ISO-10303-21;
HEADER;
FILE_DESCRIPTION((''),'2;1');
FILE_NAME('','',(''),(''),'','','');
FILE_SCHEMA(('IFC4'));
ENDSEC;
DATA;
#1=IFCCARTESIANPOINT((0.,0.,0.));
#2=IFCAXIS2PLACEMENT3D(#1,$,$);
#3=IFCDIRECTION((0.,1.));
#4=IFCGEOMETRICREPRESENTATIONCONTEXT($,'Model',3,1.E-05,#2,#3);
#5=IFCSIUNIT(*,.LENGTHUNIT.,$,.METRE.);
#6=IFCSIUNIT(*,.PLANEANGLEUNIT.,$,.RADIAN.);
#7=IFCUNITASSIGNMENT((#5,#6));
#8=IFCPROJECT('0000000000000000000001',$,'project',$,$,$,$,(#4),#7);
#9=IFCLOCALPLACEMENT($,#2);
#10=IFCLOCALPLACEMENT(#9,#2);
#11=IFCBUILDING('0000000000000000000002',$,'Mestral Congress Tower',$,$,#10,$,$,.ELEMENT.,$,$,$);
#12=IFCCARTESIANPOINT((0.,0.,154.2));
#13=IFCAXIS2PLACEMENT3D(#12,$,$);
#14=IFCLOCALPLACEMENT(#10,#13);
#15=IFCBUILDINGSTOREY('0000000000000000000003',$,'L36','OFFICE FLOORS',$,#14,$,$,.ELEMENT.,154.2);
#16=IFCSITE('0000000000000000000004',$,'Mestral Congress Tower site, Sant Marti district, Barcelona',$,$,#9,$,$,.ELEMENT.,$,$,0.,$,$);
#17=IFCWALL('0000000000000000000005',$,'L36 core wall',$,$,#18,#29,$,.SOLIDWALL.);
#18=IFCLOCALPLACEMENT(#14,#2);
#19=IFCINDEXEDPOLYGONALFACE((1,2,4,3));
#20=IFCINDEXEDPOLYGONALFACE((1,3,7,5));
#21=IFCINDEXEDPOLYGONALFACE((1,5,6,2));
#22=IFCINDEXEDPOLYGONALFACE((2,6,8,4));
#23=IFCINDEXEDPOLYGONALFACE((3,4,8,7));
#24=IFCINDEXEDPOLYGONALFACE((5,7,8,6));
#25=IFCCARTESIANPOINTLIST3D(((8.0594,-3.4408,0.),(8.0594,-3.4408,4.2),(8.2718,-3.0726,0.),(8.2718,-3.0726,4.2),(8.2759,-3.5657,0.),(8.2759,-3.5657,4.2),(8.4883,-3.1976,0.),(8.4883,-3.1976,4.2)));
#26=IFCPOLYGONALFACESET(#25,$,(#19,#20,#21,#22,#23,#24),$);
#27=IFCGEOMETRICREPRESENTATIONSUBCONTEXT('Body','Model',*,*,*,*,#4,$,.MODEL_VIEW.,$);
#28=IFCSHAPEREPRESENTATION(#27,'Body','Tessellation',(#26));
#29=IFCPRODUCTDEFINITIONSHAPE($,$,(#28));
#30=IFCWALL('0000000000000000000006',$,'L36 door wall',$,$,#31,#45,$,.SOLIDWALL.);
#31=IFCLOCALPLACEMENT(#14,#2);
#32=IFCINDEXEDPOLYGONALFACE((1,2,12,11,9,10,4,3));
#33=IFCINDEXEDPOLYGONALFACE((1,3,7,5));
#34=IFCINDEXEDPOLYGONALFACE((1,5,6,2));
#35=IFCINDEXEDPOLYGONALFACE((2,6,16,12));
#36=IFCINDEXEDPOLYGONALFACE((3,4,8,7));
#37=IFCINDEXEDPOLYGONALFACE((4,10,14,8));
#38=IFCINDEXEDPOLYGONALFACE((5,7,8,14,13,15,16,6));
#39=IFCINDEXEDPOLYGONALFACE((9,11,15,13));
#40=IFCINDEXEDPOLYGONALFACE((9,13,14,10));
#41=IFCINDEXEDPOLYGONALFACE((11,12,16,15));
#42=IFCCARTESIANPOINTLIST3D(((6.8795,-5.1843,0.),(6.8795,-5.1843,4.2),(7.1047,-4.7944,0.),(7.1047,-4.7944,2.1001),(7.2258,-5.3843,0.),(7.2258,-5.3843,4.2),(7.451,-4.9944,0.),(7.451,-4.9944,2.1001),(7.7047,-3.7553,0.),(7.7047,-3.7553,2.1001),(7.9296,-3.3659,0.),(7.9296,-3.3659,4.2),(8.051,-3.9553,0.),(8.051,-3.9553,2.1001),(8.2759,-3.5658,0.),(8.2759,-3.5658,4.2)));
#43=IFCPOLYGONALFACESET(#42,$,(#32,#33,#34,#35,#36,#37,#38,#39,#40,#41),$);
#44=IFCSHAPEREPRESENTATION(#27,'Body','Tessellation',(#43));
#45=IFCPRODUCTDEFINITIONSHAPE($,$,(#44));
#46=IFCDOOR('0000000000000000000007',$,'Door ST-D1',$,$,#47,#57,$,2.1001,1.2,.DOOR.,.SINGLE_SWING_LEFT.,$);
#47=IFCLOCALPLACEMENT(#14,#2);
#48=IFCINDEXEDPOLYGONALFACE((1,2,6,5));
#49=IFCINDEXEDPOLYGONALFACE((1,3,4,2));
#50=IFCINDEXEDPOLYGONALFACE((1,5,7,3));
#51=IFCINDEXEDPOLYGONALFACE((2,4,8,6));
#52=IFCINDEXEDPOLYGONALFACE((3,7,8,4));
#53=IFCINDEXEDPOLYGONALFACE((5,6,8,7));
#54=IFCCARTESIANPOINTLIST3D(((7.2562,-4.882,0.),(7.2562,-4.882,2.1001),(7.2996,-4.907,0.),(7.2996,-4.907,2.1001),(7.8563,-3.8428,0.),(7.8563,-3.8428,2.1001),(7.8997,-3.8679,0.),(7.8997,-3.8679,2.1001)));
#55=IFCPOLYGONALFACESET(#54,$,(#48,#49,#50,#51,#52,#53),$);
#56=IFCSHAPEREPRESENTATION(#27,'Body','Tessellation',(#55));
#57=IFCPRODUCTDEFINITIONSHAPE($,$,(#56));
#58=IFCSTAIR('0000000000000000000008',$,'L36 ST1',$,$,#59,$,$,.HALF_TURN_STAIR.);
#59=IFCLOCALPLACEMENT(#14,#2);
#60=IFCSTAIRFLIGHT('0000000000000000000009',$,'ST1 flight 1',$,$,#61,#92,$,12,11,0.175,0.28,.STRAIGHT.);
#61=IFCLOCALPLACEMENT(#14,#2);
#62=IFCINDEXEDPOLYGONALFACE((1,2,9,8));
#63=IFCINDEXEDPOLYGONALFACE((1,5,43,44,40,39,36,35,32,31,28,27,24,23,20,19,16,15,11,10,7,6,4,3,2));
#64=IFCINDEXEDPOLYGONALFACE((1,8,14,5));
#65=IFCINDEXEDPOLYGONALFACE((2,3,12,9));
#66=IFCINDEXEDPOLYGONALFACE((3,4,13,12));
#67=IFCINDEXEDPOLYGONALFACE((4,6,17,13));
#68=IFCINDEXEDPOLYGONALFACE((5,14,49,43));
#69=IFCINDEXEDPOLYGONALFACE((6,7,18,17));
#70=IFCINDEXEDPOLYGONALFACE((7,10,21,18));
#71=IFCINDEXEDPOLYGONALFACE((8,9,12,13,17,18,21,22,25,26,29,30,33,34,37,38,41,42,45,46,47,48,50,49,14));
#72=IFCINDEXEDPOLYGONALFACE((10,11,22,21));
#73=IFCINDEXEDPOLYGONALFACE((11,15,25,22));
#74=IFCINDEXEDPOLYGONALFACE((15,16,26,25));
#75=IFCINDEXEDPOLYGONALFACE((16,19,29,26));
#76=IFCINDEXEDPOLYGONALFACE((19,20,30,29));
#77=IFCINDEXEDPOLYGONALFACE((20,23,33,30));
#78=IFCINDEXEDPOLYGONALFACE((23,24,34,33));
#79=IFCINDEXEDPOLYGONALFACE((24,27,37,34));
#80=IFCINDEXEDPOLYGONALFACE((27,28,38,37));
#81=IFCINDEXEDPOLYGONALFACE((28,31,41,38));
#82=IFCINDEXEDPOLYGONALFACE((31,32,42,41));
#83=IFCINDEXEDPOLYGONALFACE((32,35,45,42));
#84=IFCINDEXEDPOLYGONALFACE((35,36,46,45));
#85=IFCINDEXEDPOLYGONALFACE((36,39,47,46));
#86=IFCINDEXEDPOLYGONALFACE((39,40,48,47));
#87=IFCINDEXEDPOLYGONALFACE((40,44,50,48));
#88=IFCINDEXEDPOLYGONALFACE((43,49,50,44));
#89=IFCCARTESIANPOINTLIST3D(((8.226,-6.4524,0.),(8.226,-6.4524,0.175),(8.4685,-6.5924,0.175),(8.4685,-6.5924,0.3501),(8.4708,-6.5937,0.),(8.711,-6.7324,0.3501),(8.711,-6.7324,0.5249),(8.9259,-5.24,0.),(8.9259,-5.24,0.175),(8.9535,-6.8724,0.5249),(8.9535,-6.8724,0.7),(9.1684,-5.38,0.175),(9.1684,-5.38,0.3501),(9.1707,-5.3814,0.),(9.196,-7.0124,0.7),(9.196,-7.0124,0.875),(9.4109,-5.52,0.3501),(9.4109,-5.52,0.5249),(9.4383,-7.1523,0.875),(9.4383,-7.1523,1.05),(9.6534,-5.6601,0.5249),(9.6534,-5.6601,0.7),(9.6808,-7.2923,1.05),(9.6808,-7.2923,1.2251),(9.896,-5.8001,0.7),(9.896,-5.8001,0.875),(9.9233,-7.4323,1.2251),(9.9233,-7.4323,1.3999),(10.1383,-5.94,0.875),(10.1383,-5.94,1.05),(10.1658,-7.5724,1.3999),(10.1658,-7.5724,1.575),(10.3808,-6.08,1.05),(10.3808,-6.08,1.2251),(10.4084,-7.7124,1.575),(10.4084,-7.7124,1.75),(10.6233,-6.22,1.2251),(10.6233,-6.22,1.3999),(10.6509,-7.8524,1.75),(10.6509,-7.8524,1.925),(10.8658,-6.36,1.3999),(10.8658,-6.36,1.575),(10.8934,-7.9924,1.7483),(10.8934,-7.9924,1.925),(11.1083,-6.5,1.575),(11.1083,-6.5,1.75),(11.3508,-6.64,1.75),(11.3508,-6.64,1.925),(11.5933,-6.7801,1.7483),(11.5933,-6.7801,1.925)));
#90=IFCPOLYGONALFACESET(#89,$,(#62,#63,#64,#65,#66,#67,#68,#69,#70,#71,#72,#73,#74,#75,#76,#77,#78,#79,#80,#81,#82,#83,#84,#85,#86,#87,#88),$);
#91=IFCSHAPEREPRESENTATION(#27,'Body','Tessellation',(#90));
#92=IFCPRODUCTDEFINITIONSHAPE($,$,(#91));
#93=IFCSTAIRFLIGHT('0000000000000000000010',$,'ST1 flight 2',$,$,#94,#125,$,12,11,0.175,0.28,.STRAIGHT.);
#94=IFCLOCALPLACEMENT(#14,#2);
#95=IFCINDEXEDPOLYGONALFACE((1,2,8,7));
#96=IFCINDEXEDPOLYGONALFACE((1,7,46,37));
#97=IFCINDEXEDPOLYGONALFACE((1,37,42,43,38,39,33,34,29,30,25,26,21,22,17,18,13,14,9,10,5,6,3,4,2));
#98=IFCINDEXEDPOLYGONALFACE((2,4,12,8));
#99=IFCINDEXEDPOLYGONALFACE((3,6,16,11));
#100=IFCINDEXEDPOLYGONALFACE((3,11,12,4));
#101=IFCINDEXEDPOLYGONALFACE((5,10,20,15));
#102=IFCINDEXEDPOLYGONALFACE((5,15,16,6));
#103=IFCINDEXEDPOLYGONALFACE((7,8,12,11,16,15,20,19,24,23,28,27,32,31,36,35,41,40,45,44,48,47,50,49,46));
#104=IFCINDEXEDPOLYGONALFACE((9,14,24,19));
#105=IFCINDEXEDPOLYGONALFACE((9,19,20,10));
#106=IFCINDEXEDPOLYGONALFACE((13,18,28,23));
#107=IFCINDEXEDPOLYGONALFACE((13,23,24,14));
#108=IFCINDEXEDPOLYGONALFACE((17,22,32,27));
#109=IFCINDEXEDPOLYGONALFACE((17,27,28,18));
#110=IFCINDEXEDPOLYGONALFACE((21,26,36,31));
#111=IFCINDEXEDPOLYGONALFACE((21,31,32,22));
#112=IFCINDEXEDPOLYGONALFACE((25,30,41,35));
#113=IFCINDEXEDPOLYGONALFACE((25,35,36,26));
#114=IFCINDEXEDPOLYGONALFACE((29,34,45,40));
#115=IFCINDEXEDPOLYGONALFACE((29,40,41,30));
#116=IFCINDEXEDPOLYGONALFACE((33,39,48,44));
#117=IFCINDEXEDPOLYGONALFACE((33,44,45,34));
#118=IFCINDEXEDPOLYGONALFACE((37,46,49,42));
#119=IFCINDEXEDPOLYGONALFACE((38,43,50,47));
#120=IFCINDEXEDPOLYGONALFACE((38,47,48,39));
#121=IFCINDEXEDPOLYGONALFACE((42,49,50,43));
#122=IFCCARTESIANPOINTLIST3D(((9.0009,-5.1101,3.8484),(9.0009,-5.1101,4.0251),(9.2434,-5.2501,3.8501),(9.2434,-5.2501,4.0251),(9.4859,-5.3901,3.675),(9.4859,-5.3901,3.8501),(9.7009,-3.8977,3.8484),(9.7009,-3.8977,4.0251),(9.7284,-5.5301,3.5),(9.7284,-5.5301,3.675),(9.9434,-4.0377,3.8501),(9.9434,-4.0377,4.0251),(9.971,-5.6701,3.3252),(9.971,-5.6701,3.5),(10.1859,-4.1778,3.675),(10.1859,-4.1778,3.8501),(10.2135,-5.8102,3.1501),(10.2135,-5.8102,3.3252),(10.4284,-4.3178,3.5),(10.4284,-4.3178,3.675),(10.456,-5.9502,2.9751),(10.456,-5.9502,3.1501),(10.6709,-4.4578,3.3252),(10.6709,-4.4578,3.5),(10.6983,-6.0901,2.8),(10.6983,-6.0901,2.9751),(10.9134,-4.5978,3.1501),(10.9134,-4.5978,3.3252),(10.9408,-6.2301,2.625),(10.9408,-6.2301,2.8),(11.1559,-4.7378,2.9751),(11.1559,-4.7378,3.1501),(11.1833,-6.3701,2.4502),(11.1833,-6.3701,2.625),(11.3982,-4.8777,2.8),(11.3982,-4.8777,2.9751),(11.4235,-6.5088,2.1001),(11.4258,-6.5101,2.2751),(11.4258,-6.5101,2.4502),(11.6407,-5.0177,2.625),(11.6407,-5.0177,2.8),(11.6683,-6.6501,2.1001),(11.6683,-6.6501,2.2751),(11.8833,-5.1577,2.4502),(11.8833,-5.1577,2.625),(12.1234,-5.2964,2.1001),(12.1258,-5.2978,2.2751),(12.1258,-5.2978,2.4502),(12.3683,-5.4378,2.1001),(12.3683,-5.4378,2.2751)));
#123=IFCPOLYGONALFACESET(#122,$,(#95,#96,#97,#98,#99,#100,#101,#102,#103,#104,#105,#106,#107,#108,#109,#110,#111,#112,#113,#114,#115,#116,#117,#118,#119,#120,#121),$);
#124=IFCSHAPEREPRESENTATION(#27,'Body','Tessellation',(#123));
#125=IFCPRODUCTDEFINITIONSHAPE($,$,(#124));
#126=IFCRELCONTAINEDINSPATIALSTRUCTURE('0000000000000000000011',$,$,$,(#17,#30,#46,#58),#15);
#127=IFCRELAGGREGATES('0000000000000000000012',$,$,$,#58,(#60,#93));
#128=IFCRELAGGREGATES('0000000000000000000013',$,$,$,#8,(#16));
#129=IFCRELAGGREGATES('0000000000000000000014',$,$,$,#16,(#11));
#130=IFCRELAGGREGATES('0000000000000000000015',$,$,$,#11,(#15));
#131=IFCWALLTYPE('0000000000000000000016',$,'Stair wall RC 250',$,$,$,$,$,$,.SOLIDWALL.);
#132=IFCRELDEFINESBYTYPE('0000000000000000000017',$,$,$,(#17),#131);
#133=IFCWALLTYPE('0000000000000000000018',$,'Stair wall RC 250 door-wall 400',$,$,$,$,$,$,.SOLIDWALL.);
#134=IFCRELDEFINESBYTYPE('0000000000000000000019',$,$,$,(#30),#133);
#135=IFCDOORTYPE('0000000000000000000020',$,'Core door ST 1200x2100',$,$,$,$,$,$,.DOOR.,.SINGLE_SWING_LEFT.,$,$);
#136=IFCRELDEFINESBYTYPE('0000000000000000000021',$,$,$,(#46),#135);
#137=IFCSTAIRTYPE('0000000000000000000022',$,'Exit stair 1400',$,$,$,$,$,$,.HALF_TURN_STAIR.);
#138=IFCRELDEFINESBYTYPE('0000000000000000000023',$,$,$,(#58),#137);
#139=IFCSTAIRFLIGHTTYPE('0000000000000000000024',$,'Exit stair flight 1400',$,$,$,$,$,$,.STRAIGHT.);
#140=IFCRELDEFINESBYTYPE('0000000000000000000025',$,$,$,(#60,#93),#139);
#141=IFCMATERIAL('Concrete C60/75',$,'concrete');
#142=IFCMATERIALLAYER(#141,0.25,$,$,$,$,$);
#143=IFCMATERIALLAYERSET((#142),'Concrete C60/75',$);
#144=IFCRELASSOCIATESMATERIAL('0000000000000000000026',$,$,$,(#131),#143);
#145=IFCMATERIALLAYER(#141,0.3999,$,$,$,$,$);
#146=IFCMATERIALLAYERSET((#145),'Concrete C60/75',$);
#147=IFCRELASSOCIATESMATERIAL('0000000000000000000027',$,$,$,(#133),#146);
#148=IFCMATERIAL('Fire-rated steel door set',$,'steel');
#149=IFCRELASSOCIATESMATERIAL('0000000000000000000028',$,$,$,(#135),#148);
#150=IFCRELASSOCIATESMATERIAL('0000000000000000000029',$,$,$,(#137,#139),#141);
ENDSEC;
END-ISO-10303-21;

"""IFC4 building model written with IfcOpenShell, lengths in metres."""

from ifc_helpers import new_model, si_unit, direction, frame, frame_2d, origin, place, context, subcontext, project, spatial, polyline, rectangle, outline, extrude, material, layer, layer_set, type_object, element, fill, aggregate, save


model = new_model("IFC4")

# Units and contexts
model_context = context("Model", 3, precision=1e-05, world=origin(), true_north=direction((0.0, 1.0)))
body_context = subcontext(model_context, "Body", "Model", "MODEL_VIEW")
ifc_project = project(units=[si_unit("LENGTHUNIT", "METRE"), si_unit("PLANEANGLEUNIT", "RADIAN")], contexts=[model_context])

# Site, building, storey
site_placement = place(None, origin())
site = spatial("IfcSite", under=ifc_project, at=site_placement, Name="Mestral Congress Tower site, Sant Marti district, Barcelona", CompositionType="ELEMENT", RefElevation=0.0)
building_placement = place(site_placement, origin())
building = spatial("IfcBuilding", under=site, at=building_placement, Name="Mestral Congress Tower", CompositionType="ELEMENT")
storey_placement = place(building_placement, frame((0.0, 0.0, 154.2)))
storey = spatial("IfcBuildingStorey", under=building, at=storey_placement, Name="L36", Description="OFFICE FLOORS", CompositionType="ELEMENT", Elevation=154.2)

# Shared definitions
ifc_material_1 = material(Name="Fire-rated steel door set", Category="steel")

# Wall
ifc_material_2 = material(Name="Concrete C60/75", Category="concrete")
ifc_layer_1 = layer(ifc_material_2, 0.25)
ifc_layer_set_1 = layer_set([ifc_layer_1], Name="Concrete C60/75")
wall_type_1 = type_object("IfcWallType", Name="Stair wall RC 250", PredefinedType="SOLIDWALL", material=ifc_layer_set_1)
wall_1_placement = place(storey_placement, frame((8.1677, -3.5032, 0.0), z_axis=(0.0, 0.0, 1.0), x_axis=(0.499722, 0.866186, 0.0)))
element("IfcWall", 1, at=wall_1_placement, inside=storey, type_object=wall_type_1, Name="L36 core wall", PredefinedType="SOLIDWALL", context=body_context, shape_type="SweptSolid", body=[
    extrude(rectangle(XDim=0.425, YDim=0.25, at=frame_2d((0.2124, 0.0))), origin(), (0.0, 0.0, 1.0), 4.2),
])

# Wall, opening, door
ifc_layer_2 = layer(ifc_material_2, 0.3999)
ifc_layer_set_2 = layer_set([ifc_layer_2], Name="Concrete C60/75")
wall_type_2 = type_object("IfcWallType", Name="Stair wall RC 250 door-wall 400", PredefinedType="SOLIDWALL", material=ifc_layer_set_2)
wall_2_placement = place(storey_placement, frame((7.0527, -5.2842, 0.0), z_axis=(0.0, 0.0, 1.0), x_axis=(0.500078, 0.86598, 0.0)))
wall_2 = element("IfcWall", 2, at=wall_2_placement, inside=storey, type_object=wall_type_2, Name="L36 door wall", PredefinedType="SOLIDWALL", context=body_context, shape_type="SweptSolid", body=[
    extrude(rectangle(XDim=2.0999, YDim=0.3999, at=frame_2d((1.0498, 0.0))), origin(), (0.0, 0.0, 1.0), 4.2),
])
opening_1_placement = place(wall_2_placement, frame((0.45, 0.0, 0.0)))
opening_1 = element("IfcOpeningElement", 3, at=opening_1_placement, cuts=wall_2, PredefinedType="OPENING", context=body_context, shape_type="SweptSolid", body=[
    extrude(rectangle(XDim=1.2, YDim=2.1001, at=frame_2d((0.6001, 1.05))), frame((0.0, 0.21, 0.0), z_axis=(0.0, -1.0, 0.0), x_axis=(1.0, 0.0, 0.0)), (0.0, 0.0, 1.0), 0.4199),
])
door_type_1 = type_object("IfcDoorType", Name="Core door ST 1200x2100", OperationType="SINGLE_SWING_LEFT", PredefinedType="DOOR", material=ifc_material_1)
door_1_placement = place(opening_1_placement, origin())
door_1 = element("IfcDoor", 4, at=door_1_placement, inside=storey, type_object=door_type_1, Name="Door ST-D1", OperationType="SINGLE_SWING_LEFT", OverallHeight=2.1001, OverallWidth=1.2, PredefinedType="DOOR", context=body_context, shape_type="SweptSolid", body=[
    extrude(rectangle(XDim=1.2, YDim=2.1001, at=frame_2d((0.6001, 1.05))), frame((0.0, 0.0249, 0.0), z_axis=(0.0, -1.0, 0.0), x_axis=(1.0, 0.0, 0.0)), (0.0, 0.0, 1.0), 0.05),
])
fill(opening_1, door_1)

# Stair, stair flights
stair_type = type_object("IfcStairType", Name="Exit stair 1400", PredefinedType="HALF_TURN_STAIR", material=ifc_material_2)
stair_placement = place(storey_placement, origin())
stair = element("IfcStair", 5, at=stair_placement, inside=storey, type_object=stair_type, Name="L36 ST1", PredefinedType="HALF_TURN_STAIR")
stair_flight_type = type_object("IfcStairFlightType", Name="Exit stair flight 1400", PredefinedType="STRAIGHT", material=ifc_material_2)
stair_flight_1_placement = place(storey_placement, frame((8.5759, -5.8462, 0.0), z_axis=(0.0, 0.0, 1.0), x_axis=(0.866025, -0.5, 0.0)))
stair_flight_1 = element("IfcStairFlight", 6, at=stair_flight_1_placement, type_object=stair_flight_type, Name="ST1 flight 1", NumberOfRisers=12, NumberOfTreads=11, PredefinedType="STRAIGHT", RiserHeight=0.175, TreadLength=0.28, context=body_context, shape_type="SweptSolid", body=[
    extrude(outline(polyline([(0.0, 0.0), (0.0, 0.175), (0.28, 0.175), (0.28, 0.3501), (0.5601, 0.3501), (0.5601, 0.5249), (0.8401, 0.5249), (0.8401, 0.7), (1.1201, 0.7), (1.1201, 0.875), (1.3999, 0.875), (1.3999, 1.05), (1.6799, 1.05), (1.6799, 1.2251), (1.96, 1.2251), (1.96, 1.3999), (2.24, 1.3999), (2.24, 1.575), (2.52, 1.575), (2.52, 1.75), (2.8, 1.75), (2.8, 1.925), (3.0801, 1.925), (3.0801, 2.1001), (3.0801, 1.7483), (0.2827, 0.0), (0.0, 0.0)])), frame((0.0, 0.7, 0.0), z_axis=(0.0, -1.0, 0.0), x_axis=(1.0, 0.0, 0.0)), (0.0, 0.0, 1.0), 1.3999),
])
stair_flight_2_placement = place(storey_placement, frame((12.0183, -6.0439, 2.1001), z_axis=(0.0, 0.0, 1.0), x_axis=(-0.866025, 0.5, 0.0)))
stair_flight_2 = element("IfcStairFlight", 7, at=stair_flight_2_placement, type_object=stair_flight_type, Name="ST1 flight 2", NumberOfRisers=12, NumberOfTreads=11, PredefinedType="STRAIGHT", RiserHeight=0.175, TreadLength=0.28, context=body_context, shape_type="SweptSolid", body=[
    extrude(outline(polyline([(0.0, 0.0), (0.0, 0.175), (0.28, 0.175), (0.28, 0.3501), (0.5601, 0.3501), (0.5601, 0.5249), (0.8401, 0.5249), (0.8401, 0.7), (1.1201, 0.7), (1.1201, 0.875), (1.3999, 0.875), (1.3999, 1.05), (1.6799, 1.05), (1.6799, 1.2251), (1.96, 1.2251), (1.96, 1.3999), (2.24, 1.3999), (2.24, 1.575), (2.52, 1.575), (2.52, 1.75), (2.8, 1.75), (2.8, 1.925), (3.0801, 1.925), (3.0801, 2.1001), (3.0801, 1.7483), (0.2827, 0.0), (0.0, 0.0)])), frame((0.0, 0.7, 0.0), z_axis=(0.0, -1.0, 0.0), x_axis=(1.0, 0.0, 0.0)), (0.0, 0.0, 1.0), 1.3999),
])
aggregate(stair, [stair_flight_1, stair_flight_2])

save(model, "model.ifc")
